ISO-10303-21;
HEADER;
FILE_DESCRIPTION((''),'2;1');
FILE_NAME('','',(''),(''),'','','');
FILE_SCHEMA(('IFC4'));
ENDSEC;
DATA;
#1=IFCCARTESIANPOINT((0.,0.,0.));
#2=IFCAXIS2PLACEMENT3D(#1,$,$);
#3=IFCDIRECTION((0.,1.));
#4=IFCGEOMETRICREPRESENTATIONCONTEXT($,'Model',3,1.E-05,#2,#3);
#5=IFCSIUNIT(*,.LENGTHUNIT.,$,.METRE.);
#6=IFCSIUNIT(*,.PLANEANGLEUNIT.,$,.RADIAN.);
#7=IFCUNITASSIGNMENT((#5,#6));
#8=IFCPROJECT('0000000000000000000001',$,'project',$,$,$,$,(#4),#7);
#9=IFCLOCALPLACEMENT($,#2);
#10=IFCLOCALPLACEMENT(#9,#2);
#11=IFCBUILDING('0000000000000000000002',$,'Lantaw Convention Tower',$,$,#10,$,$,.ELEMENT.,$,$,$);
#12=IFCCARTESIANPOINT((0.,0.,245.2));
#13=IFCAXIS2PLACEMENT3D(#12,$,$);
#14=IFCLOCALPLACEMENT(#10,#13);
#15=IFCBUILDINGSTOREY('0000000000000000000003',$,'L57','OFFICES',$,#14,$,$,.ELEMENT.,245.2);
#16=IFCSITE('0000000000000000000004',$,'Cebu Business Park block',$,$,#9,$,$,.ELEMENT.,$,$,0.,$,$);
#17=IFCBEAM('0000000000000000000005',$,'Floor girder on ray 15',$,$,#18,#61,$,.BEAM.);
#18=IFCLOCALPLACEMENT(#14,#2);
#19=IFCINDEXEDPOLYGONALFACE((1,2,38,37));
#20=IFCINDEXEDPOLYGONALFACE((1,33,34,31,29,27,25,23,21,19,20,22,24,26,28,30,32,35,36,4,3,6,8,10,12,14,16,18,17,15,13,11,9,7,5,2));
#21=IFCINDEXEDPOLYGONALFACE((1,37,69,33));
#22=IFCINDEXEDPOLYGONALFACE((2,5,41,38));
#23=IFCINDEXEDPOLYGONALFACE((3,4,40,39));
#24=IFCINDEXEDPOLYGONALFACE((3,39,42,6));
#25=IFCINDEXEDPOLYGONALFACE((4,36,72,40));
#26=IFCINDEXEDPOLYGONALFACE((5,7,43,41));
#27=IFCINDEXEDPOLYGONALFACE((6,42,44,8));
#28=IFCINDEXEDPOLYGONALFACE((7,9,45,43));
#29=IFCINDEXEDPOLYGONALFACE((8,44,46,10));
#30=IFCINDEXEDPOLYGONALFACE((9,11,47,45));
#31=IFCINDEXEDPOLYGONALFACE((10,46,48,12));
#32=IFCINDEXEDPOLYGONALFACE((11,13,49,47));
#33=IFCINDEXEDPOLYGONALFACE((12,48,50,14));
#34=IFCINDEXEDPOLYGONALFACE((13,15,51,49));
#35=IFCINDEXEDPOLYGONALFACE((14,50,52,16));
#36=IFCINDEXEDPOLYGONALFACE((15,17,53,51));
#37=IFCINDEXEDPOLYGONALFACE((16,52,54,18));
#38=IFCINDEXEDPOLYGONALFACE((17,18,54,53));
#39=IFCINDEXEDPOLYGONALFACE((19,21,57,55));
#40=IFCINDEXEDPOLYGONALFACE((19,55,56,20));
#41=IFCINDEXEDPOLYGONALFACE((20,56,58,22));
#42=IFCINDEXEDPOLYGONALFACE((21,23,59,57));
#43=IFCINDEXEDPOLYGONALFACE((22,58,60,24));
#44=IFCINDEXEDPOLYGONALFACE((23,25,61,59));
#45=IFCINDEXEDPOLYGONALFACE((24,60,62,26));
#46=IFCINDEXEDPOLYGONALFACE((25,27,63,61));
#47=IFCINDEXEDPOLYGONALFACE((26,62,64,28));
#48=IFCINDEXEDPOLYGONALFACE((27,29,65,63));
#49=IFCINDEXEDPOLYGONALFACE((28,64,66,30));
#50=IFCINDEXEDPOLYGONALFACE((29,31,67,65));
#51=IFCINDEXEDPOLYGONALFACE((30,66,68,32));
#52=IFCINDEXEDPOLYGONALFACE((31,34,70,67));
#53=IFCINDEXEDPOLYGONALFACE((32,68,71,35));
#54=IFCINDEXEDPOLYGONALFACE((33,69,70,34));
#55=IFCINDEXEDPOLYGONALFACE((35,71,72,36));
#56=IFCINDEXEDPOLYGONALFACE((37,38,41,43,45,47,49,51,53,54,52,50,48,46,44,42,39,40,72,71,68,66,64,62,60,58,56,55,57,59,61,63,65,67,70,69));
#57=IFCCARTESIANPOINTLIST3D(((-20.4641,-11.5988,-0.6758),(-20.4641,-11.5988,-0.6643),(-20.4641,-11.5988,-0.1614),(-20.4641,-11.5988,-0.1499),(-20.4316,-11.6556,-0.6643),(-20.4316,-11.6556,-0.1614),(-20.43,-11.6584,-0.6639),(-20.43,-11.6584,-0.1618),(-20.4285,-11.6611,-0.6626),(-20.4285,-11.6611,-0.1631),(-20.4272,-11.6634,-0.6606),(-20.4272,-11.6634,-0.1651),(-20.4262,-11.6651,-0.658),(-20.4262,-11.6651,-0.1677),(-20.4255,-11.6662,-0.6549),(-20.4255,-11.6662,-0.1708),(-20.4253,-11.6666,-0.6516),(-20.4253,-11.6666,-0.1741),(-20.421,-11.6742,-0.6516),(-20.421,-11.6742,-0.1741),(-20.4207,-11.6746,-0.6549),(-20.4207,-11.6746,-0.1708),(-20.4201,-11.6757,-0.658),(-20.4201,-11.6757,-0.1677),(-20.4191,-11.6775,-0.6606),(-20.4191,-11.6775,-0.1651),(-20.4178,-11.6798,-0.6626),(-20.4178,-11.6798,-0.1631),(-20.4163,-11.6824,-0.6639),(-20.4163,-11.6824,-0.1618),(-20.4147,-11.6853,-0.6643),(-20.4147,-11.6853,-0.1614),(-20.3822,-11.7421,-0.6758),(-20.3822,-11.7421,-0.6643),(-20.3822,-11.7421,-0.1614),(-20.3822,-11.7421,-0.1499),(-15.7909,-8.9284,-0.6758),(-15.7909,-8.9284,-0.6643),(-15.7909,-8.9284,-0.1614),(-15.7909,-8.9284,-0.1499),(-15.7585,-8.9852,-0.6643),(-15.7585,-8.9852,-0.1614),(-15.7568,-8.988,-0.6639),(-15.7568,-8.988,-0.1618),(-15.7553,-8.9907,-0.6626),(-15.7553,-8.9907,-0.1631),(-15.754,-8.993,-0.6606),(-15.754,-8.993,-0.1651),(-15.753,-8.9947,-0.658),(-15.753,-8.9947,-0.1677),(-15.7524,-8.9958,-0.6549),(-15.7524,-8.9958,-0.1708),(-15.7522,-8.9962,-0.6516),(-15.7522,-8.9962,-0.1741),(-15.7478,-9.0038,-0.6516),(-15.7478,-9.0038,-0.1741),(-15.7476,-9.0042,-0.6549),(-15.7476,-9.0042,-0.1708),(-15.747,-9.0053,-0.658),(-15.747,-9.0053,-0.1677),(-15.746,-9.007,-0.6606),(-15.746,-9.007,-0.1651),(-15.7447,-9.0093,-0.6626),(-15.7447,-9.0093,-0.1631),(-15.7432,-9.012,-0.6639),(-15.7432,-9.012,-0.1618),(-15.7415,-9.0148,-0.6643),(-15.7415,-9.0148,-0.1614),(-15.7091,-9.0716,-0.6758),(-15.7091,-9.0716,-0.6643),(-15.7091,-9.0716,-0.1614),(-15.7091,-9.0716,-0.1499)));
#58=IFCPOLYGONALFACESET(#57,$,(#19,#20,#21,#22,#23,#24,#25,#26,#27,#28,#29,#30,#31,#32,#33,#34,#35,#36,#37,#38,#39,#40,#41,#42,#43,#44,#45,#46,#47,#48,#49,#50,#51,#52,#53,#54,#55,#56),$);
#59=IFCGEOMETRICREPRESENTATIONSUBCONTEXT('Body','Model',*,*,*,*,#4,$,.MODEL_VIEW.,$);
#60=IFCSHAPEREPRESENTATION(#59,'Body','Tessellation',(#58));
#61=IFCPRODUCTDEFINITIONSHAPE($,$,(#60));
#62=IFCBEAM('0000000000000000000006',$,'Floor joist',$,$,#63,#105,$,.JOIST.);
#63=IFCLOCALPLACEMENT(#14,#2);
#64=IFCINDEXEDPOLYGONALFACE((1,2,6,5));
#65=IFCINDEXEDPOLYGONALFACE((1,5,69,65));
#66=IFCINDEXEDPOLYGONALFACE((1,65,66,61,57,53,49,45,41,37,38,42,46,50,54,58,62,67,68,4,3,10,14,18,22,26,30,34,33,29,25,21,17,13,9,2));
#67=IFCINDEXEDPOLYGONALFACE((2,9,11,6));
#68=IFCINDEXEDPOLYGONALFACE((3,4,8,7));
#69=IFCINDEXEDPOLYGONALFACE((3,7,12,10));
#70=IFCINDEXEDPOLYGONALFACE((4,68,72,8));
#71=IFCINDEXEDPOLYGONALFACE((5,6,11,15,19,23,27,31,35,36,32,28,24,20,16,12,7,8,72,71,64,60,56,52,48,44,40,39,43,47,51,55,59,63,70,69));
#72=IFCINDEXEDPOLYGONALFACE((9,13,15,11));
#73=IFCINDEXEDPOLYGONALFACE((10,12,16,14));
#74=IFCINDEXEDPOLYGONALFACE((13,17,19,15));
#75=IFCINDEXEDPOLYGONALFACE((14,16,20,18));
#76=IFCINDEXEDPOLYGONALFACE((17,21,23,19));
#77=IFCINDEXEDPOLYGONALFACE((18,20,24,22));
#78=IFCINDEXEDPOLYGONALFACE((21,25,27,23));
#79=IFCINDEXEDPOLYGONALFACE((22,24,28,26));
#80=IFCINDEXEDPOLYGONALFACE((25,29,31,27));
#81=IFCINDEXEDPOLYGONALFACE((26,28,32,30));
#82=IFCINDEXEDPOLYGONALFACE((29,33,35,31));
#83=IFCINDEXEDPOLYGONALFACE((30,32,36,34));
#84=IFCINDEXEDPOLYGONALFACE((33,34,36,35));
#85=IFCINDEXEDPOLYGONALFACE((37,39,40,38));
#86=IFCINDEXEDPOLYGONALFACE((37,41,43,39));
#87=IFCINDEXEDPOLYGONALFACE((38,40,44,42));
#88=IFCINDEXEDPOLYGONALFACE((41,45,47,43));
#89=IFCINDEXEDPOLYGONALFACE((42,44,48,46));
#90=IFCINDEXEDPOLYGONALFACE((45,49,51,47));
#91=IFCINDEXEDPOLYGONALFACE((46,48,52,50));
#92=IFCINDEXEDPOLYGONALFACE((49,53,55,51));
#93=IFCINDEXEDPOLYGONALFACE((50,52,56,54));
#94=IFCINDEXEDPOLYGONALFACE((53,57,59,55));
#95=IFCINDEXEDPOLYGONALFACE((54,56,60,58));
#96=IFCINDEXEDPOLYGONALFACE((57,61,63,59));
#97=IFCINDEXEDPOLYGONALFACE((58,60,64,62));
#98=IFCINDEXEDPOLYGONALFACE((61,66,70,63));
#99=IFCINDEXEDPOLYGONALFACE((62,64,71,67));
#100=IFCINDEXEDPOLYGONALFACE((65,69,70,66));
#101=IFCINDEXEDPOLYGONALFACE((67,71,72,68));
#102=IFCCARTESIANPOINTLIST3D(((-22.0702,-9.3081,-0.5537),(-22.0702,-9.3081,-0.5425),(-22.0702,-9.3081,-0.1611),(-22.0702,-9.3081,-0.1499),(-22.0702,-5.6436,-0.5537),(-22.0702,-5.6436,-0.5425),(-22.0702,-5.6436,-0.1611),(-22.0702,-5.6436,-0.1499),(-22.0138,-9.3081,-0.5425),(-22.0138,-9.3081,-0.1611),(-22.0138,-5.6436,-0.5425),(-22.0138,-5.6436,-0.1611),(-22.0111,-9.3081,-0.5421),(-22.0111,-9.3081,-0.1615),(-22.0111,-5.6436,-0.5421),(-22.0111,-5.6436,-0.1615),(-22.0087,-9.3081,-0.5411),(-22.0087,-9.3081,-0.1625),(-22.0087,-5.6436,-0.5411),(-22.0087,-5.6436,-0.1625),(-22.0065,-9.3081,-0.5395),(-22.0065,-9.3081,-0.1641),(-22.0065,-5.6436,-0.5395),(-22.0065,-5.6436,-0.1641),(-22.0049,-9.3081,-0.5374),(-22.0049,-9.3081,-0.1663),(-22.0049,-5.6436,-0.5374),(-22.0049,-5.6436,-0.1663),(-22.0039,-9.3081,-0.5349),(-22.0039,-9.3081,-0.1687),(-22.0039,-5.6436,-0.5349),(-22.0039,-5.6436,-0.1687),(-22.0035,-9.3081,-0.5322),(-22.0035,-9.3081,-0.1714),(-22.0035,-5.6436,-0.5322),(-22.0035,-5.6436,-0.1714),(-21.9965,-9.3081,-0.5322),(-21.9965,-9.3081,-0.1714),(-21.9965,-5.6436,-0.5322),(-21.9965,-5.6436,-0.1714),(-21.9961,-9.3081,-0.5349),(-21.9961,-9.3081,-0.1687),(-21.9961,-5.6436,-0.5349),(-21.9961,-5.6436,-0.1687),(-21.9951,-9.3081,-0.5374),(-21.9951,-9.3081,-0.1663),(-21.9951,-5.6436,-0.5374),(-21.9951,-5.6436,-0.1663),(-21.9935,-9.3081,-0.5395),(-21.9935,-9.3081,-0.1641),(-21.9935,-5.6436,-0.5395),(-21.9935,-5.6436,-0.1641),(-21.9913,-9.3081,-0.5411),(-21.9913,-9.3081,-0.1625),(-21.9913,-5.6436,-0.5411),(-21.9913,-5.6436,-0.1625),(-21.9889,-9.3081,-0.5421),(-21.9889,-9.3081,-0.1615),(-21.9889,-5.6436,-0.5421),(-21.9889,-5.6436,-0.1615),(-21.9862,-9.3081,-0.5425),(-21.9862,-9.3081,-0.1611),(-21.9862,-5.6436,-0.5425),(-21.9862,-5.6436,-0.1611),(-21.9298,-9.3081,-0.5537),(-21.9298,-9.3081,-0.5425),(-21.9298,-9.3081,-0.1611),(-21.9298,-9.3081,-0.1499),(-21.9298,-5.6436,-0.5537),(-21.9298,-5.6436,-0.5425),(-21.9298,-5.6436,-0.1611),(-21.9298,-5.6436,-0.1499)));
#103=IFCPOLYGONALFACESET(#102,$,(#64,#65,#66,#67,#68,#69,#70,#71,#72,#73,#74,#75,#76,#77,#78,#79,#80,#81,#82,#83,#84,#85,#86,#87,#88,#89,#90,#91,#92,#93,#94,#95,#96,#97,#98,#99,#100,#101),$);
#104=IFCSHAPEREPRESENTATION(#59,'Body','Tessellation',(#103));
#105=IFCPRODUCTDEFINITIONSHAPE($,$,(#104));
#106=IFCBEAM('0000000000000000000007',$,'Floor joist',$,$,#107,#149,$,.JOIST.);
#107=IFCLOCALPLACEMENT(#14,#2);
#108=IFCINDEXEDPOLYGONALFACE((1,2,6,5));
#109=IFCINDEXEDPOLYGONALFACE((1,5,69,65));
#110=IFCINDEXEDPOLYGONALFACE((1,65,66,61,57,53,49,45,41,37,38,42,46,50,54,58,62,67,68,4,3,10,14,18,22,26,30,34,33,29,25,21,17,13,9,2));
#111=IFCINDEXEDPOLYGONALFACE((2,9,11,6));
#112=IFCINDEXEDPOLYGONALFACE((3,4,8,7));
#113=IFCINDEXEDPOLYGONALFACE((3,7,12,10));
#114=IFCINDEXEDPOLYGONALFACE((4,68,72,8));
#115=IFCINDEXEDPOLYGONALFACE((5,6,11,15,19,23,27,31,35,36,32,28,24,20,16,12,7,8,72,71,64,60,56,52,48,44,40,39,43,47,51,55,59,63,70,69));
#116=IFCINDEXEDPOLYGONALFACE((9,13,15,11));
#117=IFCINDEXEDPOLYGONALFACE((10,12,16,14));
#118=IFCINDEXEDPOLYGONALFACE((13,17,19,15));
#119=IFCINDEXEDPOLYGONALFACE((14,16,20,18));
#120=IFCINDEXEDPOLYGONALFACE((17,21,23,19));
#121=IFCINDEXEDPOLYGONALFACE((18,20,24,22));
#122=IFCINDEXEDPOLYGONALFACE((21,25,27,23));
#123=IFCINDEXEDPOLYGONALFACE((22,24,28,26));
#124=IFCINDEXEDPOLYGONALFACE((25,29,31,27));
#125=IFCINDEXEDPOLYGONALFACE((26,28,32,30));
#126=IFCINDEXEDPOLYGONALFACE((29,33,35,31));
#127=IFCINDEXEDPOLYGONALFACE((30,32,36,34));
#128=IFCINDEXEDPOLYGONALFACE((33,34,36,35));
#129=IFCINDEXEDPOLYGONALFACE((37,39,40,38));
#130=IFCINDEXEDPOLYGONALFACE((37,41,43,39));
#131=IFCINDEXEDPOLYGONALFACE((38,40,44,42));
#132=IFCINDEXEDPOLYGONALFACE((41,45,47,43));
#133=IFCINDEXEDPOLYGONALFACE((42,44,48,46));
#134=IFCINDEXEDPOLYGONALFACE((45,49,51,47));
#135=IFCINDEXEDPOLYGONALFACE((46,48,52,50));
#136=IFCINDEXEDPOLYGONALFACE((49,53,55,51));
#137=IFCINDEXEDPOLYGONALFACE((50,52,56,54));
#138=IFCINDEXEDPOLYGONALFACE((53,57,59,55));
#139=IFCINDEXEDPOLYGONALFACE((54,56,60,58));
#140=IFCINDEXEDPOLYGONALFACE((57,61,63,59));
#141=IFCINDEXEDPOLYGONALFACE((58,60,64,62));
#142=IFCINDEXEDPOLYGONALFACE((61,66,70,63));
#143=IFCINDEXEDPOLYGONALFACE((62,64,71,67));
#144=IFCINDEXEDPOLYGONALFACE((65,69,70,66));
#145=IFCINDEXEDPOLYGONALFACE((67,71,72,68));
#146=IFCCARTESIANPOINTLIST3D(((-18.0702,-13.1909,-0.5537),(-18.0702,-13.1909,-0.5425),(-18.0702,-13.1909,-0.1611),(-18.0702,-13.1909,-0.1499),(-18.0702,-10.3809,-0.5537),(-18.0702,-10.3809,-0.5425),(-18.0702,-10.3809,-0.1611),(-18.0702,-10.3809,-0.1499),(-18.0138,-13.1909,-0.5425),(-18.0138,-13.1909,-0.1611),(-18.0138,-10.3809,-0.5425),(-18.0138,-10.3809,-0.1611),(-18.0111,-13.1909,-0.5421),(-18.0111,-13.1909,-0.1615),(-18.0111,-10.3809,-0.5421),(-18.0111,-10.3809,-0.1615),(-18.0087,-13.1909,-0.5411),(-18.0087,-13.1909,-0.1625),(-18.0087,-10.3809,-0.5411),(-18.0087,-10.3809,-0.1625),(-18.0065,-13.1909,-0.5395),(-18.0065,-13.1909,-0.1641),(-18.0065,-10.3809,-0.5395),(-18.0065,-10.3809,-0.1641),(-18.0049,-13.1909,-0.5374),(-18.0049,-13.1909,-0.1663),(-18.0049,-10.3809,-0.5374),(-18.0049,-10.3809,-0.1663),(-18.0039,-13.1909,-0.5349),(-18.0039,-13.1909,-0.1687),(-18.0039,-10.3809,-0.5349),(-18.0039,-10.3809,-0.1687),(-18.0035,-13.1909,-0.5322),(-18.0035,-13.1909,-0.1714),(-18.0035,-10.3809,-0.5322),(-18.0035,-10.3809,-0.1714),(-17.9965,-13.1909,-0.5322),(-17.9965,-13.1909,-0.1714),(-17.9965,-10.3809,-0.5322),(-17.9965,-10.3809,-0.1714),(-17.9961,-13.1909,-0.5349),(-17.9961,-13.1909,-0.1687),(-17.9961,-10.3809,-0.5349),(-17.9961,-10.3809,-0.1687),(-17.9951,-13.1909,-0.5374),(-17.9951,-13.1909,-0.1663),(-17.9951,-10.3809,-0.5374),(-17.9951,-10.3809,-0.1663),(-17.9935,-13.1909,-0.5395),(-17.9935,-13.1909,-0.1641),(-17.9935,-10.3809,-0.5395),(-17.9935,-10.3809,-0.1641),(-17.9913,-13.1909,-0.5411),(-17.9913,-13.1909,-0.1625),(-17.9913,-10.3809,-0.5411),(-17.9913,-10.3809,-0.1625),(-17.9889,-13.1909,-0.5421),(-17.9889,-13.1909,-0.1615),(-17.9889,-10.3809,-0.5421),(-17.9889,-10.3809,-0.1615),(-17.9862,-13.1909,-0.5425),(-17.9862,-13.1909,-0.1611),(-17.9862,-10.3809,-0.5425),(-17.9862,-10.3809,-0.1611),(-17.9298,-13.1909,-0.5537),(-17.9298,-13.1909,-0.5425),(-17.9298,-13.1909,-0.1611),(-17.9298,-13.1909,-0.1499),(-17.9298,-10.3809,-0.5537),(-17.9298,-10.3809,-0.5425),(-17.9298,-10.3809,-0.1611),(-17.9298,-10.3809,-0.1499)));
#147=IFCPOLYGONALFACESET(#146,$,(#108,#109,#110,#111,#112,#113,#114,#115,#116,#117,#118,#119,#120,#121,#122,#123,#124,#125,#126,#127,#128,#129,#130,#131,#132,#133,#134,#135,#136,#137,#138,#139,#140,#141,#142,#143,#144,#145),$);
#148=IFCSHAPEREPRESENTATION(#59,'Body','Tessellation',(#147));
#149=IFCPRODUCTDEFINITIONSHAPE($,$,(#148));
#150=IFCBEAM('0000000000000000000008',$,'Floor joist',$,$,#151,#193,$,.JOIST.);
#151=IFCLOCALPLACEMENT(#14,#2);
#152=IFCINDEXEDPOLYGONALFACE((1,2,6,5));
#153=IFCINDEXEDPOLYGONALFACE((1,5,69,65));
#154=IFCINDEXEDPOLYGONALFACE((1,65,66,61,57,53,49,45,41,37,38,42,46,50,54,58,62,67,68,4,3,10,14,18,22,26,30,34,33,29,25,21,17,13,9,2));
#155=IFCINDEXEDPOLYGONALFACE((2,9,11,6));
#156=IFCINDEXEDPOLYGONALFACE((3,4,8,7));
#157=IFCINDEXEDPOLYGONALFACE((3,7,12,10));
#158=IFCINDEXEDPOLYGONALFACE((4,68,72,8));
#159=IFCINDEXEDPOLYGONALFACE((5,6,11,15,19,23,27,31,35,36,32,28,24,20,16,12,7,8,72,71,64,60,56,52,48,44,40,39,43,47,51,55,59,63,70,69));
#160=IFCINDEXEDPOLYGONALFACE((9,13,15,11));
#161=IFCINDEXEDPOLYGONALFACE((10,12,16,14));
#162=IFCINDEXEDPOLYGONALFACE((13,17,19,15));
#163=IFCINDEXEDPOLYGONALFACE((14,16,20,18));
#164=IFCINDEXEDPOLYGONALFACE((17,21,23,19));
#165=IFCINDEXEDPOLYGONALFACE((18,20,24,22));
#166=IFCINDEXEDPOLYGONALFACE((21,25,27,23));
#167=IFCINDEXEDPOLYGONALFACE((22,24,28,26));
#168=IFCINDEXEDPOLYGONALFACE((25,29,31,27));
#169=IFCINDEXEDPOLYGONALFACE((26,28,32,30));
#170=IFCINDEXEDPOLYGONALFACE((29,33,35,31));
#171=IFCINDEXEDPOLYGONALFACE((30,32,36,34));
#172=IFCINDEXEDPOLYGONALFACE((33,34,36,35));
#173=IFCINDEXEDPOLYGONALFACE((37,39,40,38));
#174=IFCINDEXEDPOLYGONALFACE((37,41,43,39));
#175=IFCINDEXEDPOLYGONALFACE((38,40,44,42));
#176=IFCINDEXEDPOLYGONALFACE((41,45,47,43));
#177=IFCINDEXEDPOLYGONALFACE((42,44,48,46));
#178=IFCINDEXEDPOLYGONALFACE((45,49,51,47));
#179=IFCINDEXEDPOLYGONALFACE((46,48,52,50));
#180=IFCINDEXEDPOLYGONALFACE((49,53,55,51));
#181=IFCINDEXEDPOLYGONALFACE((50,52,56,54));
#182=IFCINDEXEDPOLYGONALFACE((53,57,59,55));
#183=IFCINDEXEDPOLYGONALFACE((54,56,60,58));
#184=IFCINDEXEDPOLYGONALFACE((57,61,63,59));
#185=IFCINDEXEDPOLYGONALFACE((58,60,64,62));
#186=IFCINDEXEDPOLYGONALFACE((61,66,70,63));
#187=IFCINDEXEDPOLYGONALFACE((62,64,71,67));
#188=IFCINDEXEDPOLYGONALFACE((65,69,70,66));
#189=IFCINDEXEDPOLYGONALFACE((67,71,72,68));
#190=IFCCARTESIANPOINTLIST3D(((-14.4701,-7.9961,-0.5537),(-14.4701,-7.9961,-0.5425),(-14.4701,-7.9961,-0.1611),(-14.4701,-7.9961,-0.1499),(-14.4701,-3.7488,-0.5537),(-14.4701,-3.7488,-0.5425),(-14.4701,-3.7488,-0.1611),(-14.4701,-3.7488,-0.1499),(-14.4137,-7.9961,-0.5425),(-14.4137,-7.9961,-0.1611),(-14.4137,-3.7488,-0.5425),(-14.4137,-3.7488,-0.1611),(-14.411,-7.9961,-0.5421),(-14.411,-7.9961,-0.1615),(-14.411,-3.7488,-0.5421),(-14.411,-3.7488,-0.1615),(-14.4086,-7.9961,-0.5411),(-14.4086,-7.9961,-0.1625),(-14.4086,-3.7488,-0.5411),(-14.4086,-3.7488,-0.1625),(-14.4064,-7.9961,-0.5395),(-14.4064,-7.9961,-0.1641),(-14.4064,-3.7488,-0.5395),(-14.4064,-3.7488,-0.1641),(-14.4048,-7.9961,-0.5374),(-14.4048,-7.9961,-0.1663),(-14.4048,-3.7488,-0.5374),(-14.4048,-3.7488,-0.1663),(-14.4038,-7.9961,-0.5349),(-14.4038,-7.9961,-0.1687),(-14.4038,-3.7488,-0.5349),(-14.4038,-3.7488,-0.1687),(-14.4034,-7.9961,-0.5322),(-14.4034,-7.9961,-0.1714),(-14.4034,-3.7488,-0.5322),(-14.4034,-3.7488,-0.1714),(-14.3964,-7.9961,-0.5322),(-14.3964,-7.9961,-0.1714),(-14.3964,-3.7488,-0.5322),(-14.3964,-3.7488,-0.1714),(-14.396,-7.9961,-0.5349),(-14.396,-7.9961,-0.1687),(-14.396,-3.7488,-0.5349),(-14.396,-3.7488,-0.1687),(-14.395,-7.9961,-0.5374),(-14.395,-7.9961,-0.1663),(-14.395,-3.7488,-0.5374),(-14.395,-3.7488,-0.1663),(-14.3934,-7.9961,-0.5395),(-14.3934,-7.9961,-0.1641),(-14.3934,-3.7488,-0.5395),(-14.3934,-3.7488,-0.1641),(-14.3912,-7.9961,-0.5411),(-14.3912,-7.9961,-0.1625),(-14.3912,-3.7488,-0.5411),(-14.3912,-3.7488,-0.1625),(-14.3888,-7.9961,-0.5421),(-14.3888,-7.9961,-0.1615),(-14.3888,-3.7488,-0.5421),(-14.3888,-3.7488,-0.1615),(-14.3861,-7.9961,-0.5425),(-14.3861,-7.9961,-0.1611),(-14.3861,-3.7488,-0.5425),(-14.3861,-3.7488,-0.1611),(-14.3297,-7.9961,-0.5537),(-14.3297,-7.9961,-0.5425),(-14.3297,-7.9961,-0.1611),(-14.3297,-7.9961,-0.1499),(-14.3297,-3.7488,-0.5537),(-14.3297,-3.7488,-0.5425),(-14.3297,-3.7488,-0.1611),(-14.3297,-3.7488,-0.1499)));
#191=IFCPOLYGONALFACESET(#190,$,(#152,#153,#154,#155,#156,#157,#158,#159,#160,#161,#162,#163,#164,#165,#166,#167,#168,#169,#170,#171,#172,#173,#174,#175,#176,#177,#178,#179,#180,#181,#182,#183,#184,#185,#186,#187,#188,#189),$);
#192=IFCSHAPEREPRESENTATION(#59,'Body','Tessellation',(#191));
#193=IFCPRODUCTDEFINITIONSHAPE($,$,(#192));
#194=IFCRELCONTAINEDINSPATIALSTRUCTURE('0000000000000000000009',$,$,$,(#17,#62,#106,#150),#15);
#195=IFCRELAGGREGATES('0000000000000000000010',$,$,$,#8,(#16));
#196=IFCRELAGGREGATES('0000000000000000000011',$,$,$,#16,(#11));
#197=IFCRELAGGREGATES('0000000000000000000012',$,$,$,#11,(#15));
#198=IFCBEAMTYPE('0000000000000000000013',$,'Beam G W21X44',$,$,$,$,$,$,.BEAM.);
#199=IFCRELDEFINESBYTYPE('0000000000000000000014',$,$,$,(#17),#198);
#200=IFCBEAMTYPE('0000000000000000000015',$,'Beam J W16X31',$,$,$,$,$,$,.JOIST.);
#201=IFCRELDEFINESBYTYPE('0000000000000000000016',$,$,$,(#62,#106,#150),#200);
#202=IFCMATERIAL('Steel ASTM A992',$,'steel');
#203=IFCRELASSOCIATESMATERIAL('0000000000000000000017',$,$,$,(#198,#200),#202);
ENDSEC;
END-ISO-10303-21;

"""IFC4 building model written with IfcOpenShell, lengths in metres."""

from ifc_helpers import new_model, si_unit, direction, frame, origin, origin_2d, place, context, subcontext, project, spatial, i_section, extrude, material, material_profile, profile_set, type_object, element, save


model = new_model("IFC4")

# Units and contexts
model_context = context("Model", 3, precision=1e-05, world=origin(), true_north=direction((0.0, 1.0)))
body_context = subcontext(model_context, "Body", "Model", "MODEL_VIEW")
ifc_project = project(units=[si_unit("LENGTHUNIT", "METRE"), si_unit("PLANEANGLEUNIT", "RADIAN")], contexts=[model_context])

# Site, building, storey
site_placement = place(None, origin())
site = spatial("IfcSite", under=ifc_project, at=site_placement, Name="Cebu Business Park block", CompositionType="ELEMENT", RefElevation=0.0)
building_placement = place(site_placement, origin())
building = spatial("IfcBuilding", under=site, at=building_placement, Name="Lantaw Convention Tower", CompositionType="ELEMENT")
storey_placement = place(building_placement, frame((0.0, 0.0, 245.2)))
storey = spatial("IfcBuildingStorey", under=building, at=storey_placement, Name="L57", Description="OFFICES", CompositionType="ELEMENT", Elevation=245.2)

# Beams
ifc_material_1 = material(Name="Steel ASTM A992", Category="steel")
ifc_material_profile_1 = material_profile(ifc_material_1, i_section(OverallWidth=0.165, OverallDepth=0.5259, WebThickness=0.0088, FlangeThickness=0.0115, FilletRadius=0.0127, at=origin_2d()), Name="W21X44")
ifc_profile_set_1 = profile_set([ifc_material_profile_1], Name="Steel ASTM A992")
beam_type_1 = type_object("IfcBeamType", Name="Beam G W21X44", PredefinedType="BEAM", material=ifc_profile_set_1)
beam_1_placement = place(storey_placement, frame((-15.75, -9.0, -0.4128), z_axis=(-0.868238, -0.496149, 0.0), x_axis=(0.496149, -0.868238, 0.0)))
element("IfcBeam", 1, at=beam_1_placement, inside=storey, type_object=beam_type_1, Name="Floor girder on ray 15", PredefinedType="BEAM", context=body_context, shape_type="SweptSolid", body=[
    extrude(i_section(OverallWidth=0.165, OverallDepth=0.5259, WebThickness=0.0088, FlangeThickness=0.0115, FilletRadius=0.0127, at=origin_2d()), origin(), (0.0, 0.0, 1.0), 5.3823),
])
ifc_material_profile_2 = material_profile(ifc_material_1, i_section(OverallWidth=0.1404, OverallDepth=0.4038, WebThickness=0.0071, FlangeThickness=0.0112, FilletRadius=0.0103, at=origin_2d()), Name="W16X31")
ifc_profile_set_2 = profile_set([ifc_material_profile_2], Name="Steel ASTM A992")
beam_type_2 = type_object("IfcBeamType", Name="Beam J W16X31", PredefinedType="JOIST", material=ifc_profile_set_2)
beam_2_placement = place(storey_placement, frame((-22.0, -9.3081, -0.3518), z_axis=(0.0, 1.0, 0.0), x_axis=(-1.0, 0.0, 0.0)))
element("IfcBeam", 2, at=beam_2_placement, inside=storey, type_object=beam_type_2, Name="Floor joist", PredefinedType="JOIST", context=body_context, shape_type="SweptSolid", body=[
    extrude(i_section(OverallWidth=0.1404, OverallDepth=0.4038, WebThickness=0.0071, FlangeThickness=0.0112, FilletRadius=0.0103, at=origin_2d()), origin(), (0.0, 0.0, 1.0), 3.6646),
])
beam_3_placement = place(storey_placement, frame((-18.0, -13.1909, -0.3518), z_axis=(0.0, 1.0, 0.0), x_axis=(-1.0, 0.0, 0.0)))
element("IfcBeam", 3, at=beam_3_placement, inside=storey, type_object=beam_type_2, Name="Floor joist", PredefinedType="JOIST", context=body_context, shape_type="SweptSolid", body=[
    extrude(i_section(OverallWidth=0.1404, OverallDepth=0.4038, WebThickness=0.0071, FlangeThickness=0.0112, FilletRadius=0.0103, at=origin_2d()), origin(), (0.0, 0.0, 1.0), 2.8101),
])
beam_4_placement = place(storey_placement, frame((-14.3999, -7.9961, -0.3518), z_axis=(0.0, 1.0, 0.0), x_axis=(-1.0, 0.0, 0.0)))
element("IfcBeam", 4, at=beam_4_placement, inside=storey, type_object=beam_type_2, Name="Floor joist", PredefinedType="JOIST", context=body_context, shape_type="SweptSolid", body=[
    extrude(i_section(OverallWidth=0.1404, OverallDepth=0.4038, WebThickness=0.0071, FlangeThickness=0.0112, FilletRadius=0.0103, at=origin_2d()), origin(), (0.0, 0.0, 1.0), 4.2473),
])

save(model, "model.ifc")
